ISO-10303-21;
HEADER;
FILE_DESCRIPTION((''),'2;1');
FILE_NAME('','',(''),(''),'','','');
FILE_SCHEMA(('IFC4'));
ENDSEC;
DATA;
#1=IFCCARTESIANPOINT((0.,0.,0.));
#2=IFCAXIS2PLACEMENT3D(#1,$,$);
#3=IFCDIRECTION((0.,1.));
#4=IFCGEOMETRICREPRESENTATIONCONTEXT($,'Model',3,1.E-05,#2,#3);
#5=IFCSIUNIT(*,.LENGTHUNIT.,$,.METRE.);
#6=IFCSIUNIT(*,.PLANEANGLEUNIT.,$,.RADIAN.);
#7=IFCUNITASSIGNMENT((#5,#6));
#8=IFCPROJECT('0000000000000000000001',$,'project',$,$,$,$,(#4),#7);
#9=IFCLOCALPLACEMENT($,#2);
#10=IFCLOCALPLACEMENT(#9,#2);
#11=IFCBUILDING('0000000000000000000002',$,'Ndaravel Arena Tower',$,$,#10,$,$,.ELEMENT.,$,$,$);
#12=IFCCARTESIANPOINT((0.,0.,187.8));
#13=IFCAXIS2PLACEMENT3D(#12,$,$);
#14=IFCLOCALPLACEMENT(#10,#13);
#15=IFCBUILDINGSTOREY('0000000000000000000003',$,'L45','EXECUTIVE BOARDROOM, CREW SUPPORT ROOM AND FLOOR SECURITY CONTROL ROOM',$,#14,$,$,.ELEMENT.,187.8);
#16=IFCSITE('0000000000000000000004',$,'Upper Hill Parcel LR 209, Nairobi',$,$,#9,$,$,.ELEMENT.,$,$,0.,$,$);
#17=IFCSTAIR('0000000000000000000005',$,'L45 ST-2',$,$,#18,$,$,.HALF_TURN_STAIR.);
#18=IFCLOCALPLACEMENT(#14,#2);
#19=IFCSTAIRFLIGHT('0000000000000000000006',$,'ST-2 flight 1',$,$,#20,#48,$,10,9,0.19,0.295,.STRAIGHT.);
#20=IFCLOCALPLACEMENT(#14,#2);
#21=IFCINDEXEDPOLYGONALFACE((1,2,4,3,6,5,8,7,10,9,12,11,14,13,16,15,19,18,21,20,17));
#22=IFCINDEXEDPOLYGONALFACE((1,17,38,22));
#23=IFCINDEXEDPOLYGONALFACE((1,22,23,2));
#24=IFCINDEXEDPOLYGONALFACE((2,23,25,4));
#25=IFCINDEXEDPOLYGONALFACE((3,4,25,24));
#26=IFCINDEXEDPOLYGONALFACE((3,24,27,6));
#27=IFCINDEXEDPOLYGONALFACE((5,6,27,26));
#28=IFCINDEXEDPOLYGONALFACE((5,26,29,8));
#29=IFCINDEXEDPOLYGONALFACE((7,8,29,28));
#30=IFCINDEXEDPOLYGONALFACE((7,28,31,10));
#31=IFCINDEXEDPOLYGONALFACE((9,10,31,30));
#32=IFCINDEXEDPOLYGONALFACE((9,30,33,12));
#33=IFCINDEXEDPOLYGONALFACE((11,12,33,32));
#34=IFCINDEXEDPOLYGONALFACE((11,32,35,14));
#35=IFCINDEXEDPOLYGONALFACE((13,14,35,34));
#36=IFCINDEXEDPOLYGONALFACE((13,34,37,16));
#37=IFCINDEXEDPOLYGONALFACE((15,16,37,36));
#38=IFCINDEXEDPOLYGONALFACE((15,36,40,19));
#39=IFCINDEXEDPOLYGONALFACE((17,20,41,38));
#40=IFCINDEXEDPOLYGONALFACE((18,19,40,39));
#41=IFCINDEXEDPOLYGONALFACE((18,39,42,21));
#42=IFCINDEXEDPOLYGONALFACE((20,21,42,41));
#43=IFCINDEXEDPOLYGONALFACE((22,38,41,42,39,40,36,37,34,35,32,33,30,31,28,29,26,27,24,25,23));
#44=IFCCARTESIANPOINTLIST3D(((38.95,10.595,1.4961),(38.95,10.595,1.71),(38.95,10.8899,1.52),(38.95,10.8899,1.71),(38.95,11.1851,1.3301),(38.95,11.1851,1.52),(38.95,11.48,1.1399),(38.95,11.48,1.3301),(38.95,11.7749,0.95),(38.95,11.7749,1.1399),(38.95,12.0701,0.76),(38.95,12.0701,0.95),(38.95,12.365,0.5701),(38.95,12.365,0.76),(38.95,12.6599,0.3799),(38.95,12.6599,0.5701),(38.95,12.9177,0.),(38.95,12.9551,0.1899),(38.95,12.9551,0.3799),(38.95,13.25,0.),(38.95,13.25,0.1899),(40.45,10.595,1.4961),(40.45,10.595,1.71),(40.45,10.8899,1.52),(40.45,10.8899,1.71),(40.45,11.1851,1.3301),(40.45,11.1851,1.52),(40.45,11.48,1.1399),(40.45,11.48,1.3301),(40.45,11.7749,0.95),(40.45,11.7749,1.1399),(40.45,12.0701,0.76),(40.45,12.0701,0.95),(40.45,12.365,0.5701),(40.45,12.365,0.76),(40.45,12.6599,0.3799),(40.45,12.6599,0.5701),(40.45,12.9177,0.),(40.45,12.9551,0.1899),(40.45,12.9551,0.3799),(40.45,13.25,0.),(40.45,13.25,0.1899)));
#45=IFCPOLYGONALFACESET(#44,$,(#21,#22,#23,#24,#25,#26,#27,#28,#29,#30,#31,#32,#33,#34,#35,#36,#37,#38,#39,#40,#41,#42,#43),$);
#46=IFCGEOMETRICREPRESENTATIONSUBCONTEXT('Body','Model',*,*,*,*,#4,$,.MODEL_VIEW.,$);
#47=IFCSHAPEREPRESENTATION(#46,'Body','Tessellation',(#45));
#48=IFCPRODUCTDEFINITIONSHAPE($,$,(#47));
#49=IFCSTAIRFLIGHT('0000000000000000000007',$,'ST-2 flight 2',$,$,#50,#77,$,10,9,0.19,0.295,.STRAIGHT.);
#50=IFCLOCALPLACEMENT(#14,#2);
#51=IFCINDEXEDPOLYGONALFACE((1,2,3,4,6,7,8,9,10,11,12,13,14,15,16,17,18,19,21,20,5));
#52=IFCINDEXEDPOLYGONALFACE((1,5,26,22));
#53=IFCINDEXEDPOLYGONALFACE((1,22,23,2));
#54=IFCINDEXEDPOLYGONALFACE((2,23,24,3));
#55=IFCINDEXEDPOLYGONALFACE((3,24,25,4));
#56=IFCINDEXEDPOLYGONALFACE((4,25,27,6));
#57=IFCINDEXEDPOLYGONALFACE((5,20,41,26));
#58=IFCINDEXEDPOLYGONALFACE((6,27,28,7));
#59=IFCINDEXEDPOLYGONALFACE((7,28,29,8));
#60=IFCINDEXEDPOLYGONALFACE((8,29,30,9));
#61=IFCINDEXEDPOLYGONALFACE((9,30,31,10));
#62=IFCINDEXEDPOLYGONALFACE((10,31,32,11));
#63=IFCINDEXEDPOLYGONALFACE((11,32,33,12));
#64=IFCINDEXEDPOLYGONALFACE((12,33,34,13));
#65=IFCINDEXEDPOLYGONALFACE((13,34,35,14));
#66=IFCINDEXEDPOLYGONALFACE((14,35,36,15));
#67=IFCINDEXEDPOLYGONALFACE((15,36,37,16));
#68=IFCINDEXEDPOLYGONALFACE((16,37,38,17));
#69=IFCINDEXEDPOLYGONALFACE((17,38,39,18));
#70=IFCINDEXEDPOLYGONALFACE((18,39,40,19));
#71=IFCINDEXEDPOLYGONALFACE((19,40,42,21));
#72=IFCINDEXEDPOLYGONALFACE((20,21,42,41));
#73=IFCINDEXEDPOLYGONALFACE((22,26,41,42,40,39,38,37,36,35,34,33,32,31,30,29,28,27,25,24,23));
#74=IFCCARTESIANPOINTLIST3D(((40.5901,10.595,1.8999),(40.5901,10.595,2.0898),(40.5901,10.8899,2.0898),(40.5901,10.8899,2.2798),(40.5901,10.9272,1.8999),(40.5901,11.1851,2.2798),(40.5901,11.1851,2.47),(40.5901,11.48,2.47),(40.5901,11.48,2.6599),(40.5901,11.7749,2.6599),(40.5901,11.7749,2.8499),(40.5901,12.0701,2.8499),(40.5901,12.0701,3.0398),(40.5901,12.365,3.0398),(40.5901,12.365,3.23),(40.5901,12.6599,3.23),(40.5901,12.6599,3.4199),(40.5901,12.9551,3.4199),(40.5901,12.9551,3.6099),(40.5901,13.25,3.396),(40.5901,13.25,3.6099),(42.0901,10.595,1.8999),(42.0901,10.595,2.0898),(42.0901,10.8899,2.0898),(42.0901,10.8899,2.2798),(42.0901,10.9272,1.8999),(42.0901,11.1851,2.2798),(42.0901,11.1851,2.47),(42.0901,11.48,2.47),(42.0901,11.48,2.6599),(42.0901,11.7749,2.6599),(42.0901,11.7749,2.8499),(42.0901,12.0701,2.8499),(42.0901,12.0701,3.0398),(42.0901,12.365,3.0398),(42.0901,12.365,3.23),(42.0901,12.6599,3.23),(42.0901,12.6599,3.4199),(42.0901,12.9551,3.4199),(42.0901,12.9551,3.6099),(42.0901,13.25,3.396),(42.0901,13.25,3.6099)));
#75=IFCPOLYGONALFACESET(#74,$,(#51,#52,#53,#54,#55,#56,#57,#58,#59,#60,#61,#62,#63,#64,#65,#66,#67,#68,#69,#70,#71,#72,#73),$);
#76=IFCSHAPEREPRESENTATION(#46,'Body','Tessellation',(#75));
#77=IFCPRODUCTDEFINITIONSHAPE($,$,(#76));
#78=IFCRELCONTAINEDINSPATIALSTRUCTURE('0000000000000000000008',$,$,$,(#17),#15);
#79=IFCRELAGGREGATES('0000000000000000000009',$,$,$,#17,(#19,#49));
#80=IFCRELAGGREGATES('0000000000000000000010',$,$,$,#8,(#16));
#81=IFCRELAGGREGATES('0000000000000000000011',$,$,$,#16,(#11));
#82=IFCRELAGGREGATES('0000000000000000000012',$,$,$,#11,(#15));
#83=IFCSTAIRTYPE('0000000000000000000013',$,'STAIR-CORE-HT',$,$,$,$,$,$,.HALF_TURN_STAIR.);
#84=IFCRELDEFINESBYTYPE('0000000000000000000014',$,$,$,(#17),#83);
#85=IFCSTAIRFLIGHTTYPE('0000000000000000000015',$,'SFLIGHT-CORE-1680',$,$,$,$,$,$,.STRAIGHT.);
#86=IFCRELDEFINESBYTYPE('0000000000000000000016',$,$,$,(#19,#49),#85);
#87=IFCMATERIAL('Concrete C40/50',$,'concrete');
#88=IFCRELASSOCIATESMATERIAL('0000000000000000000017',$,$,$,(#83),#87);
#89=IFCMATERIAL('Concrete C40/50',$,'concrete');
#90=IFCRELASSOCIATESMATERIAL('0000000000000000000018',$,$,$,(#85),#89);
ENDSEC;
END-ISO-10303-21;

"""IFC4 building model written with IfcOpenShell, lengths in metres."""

from ifc_helpers import new_model, si_unit, direction, frame, origin, place, context, subcontext, project, spatial, polyline, outline, extrude, material, type_object, element, aggregate, save


model = new_model("IFC4")

# Units and contexts
model_context = context("Model", 3, precision=1e-05, world=origin(), true_north=direction((0.0, 1.0)))
body_context = subcontext(model_context, "Body", "Model", "MODEL_VIEW")
ifc_project = project(units=[si_unit("LENGTHUNIT", "METRE"), si_unit("PLANEANGLEUNIT", "RADIAN")], contexts=[model_context])

# Site, building, storey
site_placement = place(None, origin())
site = spatial("IfcSite", under=ifc_project, at=site_placement, Name="Upper Hill Parcel LR 209, Nairobi", CompositionType="ELEMENT", RefElevation=0.0)
building_placement = place(site_placement, origin())
building = spatial("IfcBuilding", under=site, at=building_placement, Name="Ndaravel Arena Tower", CompositionType="ELEMENT")
storey_placement = place(building_placement, frame((0.0, 0.0, 187.8)))
storey = spatial("IfcBuildingStorey", under=building, at=storey_placement, Name="L45", Description="EXECUTIVE BOARDROOM, CREW SUPPORT ROOM AND FLOOR SECURITY CONTROL ROOM", CompositionType="ELEMENT", Elevation=187.8)

# Stair, stair flights
ifc_material_1 = material(Name="Concrete C40/50", Category="concrete")
stair_type = type_object("IfcStairType", Name="STAIR-CORE-HT", PredefinedType="HALF_TURN_STAIR", material=ifc_material_1)
stair_placement = place(storey_placement, origin())
stair = element("IfcStair", 1, at=stair_placement, inside=storey, type_object=stair_type, Name="L45 ST-2", PredefinedType="HALF_TURN_STAIR")
ifc_material_2 = material(Name="Concrete C40/50", Category="concrete")
stair_flight_type = type_object("IfcStairFlightType", Name="SFLIGHT-CORE-1680", PredefinedType="STRAIGHT", material=ifc_material_2)
stair_flight_1_placement = place(storey_placement, frame((39.7, 13.25, 0.0), z_axis=(0.0, 0.0, 1.0), x_axis=(0.0, -1.0, 0.0)))
stair_flight_1 = element("IfcStairFlight", 2, at=stair_flight_1_placement, type_object=stair_flight_type, Name="ST-2 flight 1", NumberOfRisers=10, NumberOfTreads=9, PredefinedType="STRAIGHT", RiserHeight=0.19, TreadLength=0.295, context=body_context, shape_type="SweptSolid", body=[
    extrude(outline(polyline([(0.0, 0.0), (0.0, 0.1899), (0.2949, 0.1899), (0.2949, 0.3799), (0.5901, 0.3799), (0.5901, 0.5701), (0.885, 0.5701), (0.885, 0.76), (1.1799, 0.76), (1.1799, 0.95), (1.4751, 0.95), (1.4751, 1.1399), (1.77, 1.1399), (1.77, 1.3301), (2.0649, 1.3301), (2.0649, 1.52), (2.3601, 1.52), (2.3601, 1.71), (2.655, 1.71), (2.655, 1.8999), (2.655, 1.4961), (0.3323, 0.0), (0.0, 0.0)])), frame((0.0, 0.75, 0.0), z_axis=(0.0, -1.0, 0.0), x_axis=(1.0, 0.0, 0.0)), (0.0, 0.0, 1.0), 1.5),
])
stair_flight_2_placement = place(storey_placement, frame((41.3401, 10.595, 1.8999), z_axis=(0.0, 0.0, 1.0), x_axis=(0.0, 1.0, 0.0)))
stair_flight_2 = element("IfcStairFlight", 3, at=stair_flight_2_placement, type_object=stair_flight_type, Name="ST-2 flight 2", NumberOfRisers=10, NumberOfTreads=9, PredefinedType="STRAIGHT", RiserHeight=0.19, TreadLength=0.295, context=body_context, shape_type="SweptSolid", body=[
    extrude(outline(polyline([(0.0, 0.0), (0.0, 0.1899), (0.2949, 0.1899), (0.2949, 0.3799), (0.5901, 0.3799), (0.5901, 0.5701), (0.885, 0.5701), (0.885, 0.76), (1.1799, 0.76), (1.1799, 0.95), (1.4751, 0.95), (1.4751, 1.1399), (1.77, 1.1399), (1.77, 1.3301), (2.0649, 1.3301), (2.0649, 1.52), (2.3601, 1.52), (2.3601, 1.71), (2.655, 1.71), (2.655, 1.8999), (2.655, 1.4961), (0.3323, 0.0), (0.0, 0.0)])), frame((0.0, 0.75, 0.0), z_axis=(0.0, -1.0, 0.0), x_axis=(1.0, 0.0, 0.0)), (0.0, 0.0, 1.0), 1.5),
])
aggregate(stair, [stair_flight_1, stair_flight_2])

save(model, "model.ifc")
